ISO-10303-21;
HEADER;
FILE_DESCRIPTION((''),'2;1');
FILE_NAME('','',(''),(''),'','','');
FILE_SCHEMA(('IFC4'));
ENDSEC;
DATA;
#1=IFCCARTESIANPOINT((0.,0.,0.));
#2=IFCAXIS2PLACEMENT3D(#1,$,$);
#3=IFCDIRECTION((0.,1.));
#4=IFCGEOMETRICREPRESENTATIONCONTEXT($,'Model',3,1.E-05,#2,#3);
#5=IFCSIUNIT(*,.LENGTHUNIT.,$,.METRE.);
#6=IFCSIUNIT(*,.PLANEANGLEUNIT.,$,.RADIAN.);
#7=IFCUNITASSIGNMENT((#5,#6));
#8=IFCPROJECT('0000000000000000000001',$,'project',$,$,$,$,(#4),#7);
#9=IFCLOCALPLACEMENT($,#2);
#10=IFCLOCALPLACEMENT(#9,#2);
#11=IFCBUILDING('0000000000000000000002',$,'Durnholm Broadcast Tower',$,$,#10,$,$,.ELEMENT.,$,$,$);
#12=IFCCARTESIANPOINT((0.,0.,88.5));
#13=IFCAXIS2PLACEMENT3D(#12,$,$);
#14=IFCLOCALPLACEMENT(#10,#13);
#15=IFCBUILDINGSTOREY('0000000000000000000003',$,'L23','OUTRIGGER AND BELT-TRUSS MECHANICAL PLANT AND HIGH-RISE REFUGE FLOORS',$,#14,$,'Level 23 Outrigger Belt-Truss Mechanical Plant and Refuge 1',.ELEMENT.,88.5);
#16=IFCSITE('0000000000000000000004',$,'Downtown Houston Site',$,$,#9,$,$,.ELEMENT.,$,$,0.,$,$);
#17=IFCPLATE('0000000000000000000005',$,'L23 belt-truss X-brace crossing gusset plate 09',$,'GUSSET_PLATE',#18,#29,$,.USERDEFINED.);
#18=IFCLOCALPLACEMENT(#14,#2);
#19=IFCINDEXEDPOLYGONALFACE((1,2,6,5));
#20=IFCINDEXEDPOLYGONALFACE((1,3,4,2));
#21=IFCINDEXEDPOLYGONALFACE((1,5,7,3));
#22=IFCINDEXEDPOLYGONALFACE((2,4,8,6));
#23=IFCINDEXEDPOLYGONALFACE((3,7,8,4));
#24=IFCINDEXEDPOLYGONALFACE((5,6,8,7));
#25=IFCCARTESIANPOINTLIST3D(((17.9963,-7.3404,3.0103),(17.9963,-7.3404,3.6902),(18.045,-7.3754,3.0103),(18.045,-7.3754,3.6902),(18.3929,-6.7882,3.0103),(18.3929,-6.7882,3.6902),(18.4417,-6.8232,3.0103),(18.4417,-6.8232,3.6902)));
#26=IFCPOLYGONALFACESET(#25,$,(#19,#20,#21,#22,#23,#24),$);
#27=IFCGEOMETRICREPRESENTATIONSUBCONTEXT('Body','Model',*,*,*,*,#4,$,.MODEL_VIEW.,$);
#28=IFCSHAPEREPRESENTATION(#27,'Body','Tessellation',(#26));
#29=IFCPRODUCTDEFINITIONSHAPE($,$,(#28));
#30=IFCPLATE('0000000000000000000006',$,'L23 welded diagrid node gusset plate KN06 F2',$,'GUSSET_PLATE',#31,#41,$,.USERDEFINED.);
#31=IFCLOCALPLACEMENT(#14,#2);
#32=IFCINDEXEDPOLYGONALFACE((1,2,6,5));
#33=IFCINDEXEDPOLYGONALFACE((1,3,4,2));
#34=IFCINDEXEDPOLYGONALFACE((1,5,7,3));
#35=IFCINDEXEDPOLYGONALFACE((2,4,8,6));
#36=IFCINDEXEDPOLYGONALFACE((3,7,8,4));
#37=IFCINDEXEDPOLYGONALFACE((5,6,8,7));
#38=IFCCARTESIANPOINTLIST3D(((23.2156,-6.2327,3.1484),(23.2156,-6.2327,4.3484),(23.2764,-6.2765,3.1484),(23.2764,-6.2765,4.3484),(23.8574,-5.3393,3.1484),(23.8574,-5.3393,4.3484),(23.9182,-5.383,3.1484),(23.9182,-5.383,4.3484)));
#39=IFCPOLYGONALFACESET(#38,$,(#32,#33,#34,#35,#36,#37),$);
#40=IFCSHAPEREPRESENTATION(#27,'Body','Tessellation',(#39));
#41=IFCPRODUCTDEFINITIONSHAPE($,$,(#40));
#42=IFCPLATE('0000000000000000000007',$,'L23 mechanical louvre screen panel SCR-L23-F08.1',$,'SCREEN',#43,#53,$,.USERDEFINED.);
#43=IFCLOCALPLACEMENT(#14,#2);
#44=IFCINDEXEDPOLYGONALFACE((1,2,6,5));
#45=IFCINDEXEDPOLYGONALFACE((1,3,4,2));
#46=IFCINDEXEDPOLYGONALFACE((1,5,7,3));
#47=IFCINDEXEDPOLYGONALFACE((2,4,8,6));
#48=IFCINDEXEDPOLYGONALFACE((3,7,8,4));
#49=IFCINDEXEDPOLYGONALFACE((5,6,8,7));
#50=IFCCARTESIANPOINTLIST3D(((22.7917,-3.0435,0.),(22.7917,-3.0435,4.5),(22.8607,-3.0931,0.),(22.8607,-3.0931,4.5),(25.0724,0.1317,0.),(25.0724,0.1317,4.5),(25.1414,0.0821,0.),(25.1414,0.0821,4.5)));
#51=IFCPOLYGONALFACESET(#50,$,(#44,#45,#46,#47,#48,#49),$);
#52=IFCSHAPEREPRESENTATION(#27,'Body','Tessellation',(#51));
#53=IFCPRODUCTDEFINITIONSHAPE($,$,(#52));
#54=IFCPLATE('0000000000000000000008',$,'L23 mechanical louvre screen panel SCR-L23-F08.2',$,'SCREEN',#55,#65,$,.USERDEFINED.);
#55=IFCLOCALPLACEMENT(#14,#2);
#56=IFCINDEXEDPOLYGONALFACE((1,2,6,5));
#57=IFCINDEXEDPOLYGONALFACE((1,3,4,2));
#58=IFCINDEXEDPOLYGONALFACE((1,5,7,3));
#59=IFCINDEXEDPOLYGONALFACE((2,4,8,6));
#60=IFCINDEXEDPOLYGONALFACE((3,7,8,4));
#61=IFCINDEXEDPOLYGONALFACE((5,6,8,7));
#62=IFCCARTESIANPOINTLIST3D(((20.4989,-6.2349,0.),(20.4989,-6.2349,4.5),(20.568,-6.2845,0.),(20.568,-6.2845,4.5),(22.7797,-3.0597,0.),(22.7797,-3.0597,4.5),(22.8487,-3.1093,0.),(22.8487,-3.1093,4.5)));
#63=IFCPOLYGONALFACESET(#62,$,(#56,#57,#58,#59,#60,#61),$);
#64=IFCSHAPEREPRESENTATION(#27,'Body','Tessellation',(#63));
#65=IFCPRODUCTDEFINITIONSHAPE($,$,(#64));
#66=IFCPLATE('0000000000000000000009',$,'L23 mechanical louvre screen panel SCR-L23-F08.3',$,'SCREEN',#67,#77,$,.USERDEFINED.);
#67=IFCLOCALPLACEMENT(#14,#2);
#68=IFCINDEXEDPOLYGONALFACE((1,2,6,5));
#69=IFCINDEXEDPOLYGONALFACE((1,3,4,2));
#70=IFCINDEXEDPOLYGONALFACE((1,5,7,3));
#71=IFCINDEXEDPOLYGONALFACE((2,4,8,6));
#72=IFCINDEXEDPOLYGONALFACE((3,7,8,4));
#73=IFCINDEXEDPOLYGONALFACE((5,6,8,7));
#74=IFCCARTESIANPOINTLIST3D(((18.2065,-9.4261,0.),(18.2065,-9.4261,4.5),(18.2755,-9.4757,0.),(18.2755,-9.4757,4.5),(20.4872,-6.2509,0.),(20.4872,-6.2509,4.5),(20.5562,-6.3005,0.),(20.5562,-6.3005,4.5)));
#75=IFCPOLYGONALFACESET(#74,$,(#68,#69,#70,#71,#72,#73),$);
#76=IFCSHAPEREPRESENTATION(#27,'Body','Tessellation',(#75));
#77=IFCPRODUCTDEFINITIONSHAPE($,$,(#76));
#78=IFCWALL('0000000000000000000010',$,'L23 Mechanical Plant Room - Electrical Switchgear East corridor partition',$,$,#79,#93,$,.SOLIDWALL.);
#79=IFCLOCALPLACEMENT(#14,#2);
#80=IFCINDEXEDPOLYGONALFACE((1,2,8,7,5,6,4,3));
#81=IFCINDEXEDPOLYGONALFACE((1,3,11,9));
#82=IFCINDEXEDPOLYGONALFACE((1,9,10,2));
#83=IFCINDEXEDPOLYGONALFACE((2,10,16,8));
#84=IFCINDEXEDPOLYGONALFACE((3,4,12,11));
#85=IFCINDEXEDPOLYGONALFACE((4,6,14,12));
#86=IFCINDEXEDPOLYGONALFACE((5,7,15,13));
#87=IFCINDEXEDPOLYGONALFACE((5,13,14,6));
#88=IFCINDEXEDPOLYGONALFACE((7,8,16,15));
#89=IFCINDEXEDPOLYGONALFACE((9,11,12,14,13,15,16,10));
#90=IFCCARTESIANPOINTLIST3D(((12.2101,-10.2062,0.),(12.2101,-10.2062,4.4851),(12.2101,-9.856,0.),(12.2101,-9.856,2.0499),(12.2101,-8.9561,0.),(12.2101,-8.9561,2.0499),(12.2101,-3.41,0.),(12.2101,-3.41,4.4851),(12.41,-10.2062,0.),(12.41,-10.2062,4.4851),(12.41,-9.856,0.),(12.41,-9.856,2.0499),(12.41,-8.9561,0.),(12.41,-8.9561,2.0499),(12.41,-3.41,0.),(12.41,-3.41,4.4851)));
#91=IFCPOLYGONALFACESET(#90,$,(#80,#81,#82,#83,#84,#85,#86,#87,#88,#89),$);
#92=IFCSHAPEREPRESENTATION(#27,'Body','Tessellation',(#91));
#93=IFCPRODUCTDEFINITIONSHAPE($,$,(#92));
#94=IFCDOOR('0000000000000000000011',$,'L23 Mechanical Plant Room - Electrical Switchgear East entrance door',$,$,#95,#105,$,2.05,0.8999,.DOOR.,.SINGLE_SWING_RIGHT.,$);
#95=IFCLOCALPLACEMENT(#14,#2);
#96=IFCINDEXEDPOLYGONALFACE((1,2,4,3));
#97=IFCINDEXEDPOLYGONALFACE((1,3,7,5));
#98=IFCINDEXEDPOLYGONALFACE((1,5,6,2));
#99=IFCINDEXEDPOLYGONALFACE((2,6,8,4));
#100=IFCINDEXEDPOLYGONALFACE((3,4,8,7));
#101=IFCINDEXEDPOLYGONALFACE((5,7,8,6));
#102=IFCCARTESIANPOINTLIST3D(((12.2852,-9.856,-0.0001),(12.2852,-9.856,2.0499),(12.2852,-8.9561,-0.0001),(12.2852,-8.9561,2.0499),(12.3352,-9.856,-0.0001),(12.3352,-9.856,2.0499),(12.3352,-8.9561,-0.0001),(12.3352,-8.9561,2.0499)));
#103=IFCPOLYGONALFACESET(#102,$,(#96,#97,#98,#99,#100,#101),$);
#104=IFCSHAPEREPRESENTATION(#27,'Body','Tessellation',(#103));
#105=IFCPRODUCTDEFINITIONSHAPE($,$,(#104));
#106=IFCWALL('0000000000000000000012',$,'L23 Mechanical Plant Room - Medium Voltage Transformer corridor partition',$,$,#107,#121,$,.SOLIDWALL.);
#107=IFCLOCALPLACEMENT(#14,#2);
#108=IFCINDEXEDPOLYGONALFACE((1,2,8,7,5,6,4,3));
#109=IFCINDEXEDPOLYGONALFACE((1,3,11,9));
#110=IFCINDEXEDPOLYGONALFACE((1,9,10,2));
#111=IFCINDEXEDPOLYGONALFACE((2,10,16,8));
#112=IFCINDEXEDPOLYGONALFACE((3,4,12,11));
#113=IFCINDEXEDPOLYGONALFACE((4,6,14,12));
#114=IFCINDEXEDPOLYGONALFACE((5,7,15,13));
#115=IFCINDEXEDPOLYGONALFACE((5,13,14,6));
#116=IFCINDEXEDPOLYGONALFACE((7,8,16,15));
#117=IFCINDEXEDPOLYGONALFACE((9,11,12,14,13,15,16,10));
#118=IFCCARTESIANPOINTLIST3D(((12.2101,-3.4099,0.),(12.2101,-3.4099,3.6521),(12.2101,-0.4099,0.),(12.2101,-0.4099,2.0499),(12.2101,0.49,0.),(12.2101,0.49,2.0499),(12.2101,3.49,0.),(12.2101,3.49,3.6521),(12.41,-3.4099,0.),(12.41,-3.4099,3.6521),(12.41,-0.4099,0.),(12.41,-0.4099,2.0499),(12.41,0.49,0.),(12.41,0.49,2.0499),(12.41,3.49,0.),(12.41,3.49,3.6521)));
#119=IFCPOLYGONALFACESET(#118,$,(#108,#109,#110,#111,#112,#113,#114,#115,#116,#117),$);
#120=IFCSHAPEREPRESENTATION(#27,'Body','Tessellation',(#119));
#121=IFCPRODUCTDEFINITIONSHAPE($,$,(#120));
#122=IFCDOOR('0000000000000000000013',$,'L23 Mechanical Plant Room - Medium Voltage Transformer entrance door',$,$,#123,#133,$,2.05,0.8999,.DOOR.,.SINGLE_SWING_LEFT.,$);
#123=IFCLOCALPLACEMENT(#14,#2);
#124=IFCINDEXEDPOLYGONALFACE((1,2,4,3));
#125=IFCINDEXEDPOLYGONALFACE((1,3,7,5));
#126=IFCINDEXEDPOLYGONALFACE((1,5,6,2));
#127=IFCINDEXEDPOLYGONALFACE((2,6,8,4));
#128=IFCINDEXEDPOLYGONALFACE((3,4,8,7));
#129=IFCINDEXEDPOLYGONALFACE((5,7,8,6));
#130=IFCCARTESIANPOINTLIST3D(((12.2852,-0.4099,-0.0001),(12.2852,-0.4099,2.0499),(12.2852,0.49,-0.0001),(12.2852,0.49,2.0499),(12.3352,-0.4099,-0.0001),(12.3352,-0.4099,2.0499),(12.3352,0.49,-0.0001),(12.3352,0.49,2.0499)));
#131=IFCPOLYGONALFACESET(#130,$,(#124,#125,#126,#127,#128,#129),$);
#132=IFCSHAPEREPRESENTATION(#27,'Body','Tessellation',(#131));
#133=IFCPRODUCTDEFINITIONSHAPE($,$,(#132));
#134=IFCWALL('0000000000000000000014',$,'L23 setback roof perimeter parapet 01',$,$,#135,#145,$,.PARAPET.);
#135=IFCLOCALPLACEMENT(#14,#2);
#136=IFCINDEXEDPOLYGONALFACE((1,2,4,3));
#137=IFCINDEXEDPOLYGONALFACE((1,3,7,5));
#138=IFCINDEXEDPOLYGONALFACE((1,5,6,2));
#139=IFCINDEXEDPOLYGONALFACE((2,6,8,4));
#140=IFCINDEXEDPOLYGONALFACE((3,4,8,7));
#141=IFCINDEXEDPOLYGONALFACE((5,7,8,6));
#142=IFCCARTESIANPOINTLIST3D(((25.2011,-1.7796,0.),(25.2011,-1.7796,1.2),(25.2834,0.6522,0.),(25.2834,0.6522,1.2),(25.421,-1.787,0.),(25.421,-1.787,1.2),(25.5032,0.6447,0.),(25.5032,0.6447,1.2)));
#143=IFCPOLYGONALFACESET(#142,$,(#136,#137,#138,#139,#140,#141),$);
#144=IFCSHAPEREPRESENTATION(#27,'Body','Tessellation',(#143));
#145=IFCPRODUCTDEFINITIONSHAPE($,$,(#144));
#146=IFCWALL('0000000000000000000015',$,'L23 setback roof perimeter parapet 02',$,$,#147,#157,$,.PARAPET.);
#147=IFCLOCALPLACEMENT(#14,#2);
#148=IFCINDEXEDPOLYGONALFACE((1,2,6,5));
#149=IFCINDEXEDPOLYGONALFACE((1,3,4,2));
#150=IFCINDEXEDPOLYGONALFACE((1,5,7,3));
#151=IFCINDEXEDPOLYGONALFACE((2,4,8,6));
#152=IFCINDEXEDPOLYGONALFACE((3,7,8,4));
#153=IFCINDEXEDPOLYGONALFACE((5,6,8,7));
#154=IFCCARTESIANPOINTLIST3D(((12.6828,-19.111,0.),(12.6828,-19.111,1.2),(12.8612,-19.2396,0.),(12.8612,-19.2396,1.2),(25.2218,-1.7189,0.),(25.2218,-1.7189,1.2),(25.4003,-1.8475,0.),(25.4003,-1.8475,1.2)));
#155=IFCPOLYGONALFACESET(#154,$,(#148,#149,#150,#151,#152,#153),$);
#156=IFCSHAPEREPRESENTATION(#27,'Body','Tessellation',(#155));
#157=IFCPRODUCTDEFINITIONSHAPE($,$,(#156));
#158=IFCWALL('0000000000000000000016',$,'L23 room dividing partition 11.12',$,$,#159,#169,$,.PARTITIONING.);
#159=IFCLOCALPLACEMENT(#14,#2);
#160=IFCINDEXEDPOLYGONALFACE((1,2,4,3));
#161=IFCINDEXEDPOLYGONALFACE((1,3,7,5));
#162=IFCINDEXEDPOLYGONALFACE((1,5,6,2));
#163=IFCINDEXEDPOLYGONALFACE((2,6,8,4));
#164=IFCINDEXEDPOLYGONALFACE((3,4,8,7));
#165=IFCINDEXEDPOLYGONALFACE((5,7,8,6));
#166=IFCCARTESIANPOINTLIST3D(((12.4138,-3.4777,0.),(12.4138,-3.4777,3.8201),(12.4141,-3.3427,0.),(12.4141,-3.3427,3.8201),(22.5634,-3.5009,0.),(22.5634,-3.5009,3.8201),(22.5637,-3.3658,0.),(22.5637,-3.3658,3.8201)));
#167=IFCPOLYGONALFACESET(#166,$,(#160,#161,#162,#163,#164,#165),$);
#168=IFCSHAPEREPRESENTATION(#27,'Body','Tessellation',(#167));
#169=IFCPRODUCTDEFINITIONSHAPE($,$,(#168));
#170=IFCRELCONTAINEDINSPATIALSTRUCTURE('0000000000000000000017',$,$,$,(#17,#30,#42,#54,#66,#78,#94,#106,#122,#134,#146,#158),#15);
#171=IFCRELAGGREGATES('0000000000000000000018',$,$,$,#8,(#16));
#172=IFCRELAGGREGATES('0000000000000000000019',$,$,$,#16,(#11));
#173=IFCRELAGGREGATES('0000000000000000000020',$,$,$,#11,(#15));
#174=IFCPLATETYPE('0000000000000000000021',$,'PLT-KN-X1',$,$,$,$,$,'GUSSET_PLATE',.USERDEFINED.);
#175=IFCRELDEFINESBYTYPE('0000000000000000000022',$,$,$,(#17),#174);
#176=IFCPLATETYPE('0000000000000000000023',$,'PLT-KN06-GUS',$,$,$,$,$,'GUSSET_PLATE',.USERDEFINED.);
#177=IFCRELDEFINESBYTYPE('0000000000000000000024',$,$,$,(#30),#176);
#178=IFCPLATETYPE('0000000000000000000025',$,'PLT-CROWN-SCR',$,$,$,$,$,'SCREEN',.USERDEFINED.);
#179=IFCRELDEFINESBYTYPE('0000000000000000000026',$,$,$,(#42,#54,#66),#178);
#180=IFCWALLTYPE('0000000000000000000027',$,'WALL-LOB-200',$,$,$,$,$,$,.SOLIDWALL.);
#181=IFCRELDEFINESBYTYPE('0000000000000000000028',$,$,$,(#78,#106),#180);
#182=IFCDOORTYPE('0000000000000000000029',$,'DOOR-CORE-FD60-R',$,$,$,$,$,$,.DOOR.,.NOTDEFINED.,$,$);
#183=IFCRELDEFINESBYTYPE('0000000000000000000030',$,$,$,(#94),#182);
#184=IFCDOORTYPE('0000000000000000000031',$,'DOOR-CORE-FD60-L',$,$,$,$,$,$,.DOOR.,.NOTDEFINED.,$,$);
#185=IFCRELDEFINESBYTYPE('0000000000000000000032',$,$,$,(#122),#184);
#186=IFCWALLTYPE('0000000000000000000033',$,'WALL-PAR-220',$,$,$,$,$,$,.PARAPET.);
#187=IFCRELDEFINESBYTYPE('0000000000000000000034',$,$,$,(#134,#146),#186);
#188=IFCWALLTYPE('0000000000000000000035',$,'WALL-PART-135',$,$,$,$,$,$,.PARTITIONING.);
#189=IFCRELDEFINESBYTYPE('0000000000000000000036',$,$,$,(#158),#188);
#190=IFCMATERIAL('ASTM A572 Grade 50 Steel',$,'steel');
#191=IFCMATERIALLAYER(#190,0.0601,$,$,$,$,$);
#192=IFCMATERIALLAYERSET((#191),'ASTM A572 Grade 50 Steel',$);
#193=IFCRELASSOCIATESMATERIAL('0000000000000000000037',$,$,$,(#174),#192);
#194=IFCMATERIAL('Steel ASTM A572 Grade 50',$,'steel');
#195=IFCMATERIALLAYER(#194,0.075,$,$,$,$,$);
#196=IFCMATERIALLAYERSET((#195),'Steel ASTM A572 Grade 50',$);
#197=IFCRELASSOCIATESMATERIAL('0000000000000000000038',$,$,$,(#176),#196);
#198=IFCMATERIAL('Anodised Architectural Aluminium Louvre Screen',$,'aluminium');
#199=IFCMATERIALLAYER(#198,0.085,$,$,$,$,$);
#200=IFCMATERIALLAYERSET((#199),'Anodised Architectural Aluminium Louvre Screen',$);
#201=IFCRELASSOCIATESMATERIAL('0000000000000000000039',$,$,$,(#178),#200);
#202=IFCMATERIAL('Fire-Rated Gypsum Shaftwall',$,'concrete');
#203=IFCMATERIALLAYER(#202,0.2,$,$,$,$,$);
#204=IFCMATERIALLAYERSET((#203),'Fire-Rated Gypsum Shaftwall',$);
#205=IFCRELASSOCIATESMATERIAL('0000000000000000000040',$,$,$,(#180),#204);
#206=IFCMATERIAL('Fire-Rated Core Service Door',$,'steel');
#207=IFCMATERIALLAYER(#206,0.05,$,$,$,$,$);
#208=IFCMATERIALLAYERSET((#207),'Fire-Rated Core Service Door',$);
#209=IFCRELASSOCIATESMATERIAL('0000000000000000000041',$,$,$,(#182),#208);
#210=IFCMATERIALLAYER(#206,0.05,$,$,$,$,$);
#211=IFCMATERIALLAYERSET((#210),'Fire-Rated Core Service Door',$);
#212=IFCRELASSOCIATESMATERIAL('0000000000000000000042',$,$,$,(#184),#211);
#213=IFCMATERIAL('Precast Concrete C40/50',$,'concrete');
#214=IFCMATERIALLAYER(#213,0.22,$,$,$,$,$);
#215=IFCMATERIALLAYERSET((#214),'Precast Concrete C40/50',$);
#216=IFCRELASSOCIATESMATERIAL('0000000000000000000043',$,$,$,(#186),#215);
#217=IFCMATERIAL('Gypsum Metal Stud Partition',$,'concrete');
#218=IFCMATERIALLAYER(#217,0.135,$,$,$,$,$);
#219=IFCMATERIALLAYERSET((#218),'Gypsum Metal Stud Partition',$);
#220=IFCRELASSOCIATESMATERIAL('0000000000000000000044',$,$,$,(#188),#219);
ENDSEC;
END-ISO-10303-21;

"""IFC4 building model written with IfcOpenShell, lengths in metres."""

from ifc_helpers import new_model, si_unit, direction, frame, frame_2d, origin, origin_2d, place, context, subcontext, project, spatial, rectangle, extrude, source, transform, mapped, material, layer, layer_set, type_object, type_shapes, element, fill, save


model = new_model("IFC4")

# Units and contexts
model_context = context("Model", 3, precision=1e-05, world=origin(), true_north=direction((0.0, 1.0)))
body_context = subcontext(model_context, "Body", "Model", "MODEL_VIEW")
ifc_project = project(units=[si_unit("LENGTHUNIT", "METRE"), si_unit("PLANEANGLEUNIT", "RADIAN")], contexts=[model_context])

# Site, building, storey
site_placement = place(None, origin())
site = spatial("IfcSite", under=ifc_project, at=site_placement, Name="Downtown Houston Site", CompositionType="ELEMENT", RefElevation=0.0)
building_placement = place(site_placement, origin())
building = spatial("IfcBuilding", under=site, at=building_placement, Name="Durnholm Broadcast Tower", CompositionType="ELEMENT")
storey_placement = place(building_placement, frame((0.0, 0.0, 88.5)))
storey = spatial("IfcBuildingStorey", under=building, at=storey_placement, Name="L23", Description="OUTRIGGER AND BELT-TRUSS MECHANICAL PLANT AND HIGH-RISE REFUGE FLOORS", LongName="Level 23 Outrigger Belt-Truss Mechanical Plant and Refuge 1", CompositionType="ELEMENT", Elevation=88.5)

# Plates
ifc_material_1 = material(Name="Steel ASTM A572 Grade 50", Category="steel")
ifc_material_2 = material(Name="ASTM A572 Grade 50 Steel", Category="steel")
ifc_layer_1 = layer(ifc_material_2, 0.0601)
ifc_layer_set_1 = layer_set([ifc_layer_1], Name="ASTM A572 Grade 50 Steel")
plate_type_1 = type_object("IfcPlateType", Name="PLT-KN-X1", ElementType="GUSSET_PLATE", PredefinedType="USERDEFINED", material=ifc_layer_set_1)
shared_shape_1 = source(origin(), body_context, "Body", "SweptSolid", [
    extrude(rectangle(XDim=0.6799, YDim=0.0601, at=origin_2d()), origin(), (0.0, 0.0, 1.0), 0.6799),
])
type_shapes(plate_type_1, [shared_shape_1])
plate_1_placement = place(storey_placement, frame((18.219, -7.0818, 3.0103), z_axis=(0.0, 0.0, 1.0), x_axis=(-0.583399, -0.812185, 0.0)))
element("IfcPlate", 1, at=plate_1_placement, inside=storey, type_object=plate_type_1, Name="L23 belt-truss X-brace crossing gusset plate 09", ObjectType="GUSSET_PLATE", PredefinedType="USERDEFINED", context=body_context, shape_type="MappedRepresentation", body=[
    mapped(shared_shape_1, transform((0.0, 0.0, 0.0), x_axis=(1.0, 0.0, 0.0), y_axis=(0.0, 1.0, 0.0), z_axis=(0.0, 0.0, 1.0), scale=1.0)),
])
ifc_layer_2 = layer(ifc_material_1, 0.075)
ifc_layer_set_2 = layer_set([ifc_layer_2], Name="Steel ASTM A572 Grade 50")
plate_type_2 = type_object("IfcPlateType", Name="PLT-KN06-GUS", ElementType="GUSSET_PLATE", PredefinedType="USERDEFINED", material=ifc_layer_set_2)
shared_shape_2 = source(origin(), body_context, "Body", "SweptSolid", [
    extrude(rectangle(XDim=1.1001, YDim=0.075, at=origin_2d()), origin(), (0.0, 0.0, 1.0), 1.2),
])
type_shapes(plate_type_2, [shared_shape_2])
plate_2_placement = place(storey_placement, frame((23.5669, -5.8079, 3.1484), z_axis=(0.0, 0.0, 1.0), x_axis=(0.583399, 0.812185, 0.0)))
element("IfcPlate", 2, at=plate_2_placement, inside=storey, type_object=plate_type_2, Name="L23 welded diagrid node gusset plate KN06 F2", ObjectType="GUSSET_PLATE", PredefinedType="USERDEFINED", context=body_context, shape_type="MappedRepresentation", body=[
    mapped(shared_shape_2, transform((0.0, 0.0, 0.0), x_axis=(1.0, 0.0, 0.0), y_axis=(0.0, 1.0, 0.0), z_axis=(0.0, 0.0, 1.0), scale=1.0)),
])
ifc_material_3 = material(Name="Anodised Architectural Aluminium Louvre Screen", Category="aluminium")
ifc_layer_3 = layer(ifc_material_3, 0.085)
ifc_layer_set_3 = layer_set([ifc_layer_3], Name="Anodised Architectural Aluminium Louvre Screen")
plate_type_3 = type_object("IfcPlateType", Name="PLT-CROWN-SCR", ElementType="SCREEN", PredefinedType="USERDEFINED", material=ifc_layer_set_3)
shared_shape_3 = source(origin(), body_context, "Body", "SweptSolid", [
    extrude(rectangle(XDim=3.9094, YDim=0.085, at=origin_2d()), origin(), (0.0, 0.0, 1.0), 4.5),
])
type_shapes(plate_type_3, [shared_shape_3])
for number, where, z_axis, x_axis, name in (
    (3, (23.9666, -1.4807, 0.0), (0.0, 0.0, 1.0), (-0.583399, -0.812185, 0.0), "L23 mechanical louvre screen panel SCR-L23-F08.1"),
    (4, (21.6738, -4.6721, 0.0), (0.0, 0.0, 1.0), (-0.583399, -0.812185, 0.0), "L23 mechanical louvre screen panel SCR-L23-F08.2"),
    (5, (19.3813, -7.8633, 0.0), (0.0, 0.0, 1.0), (-0.583399, -0.812185, 0.0), "L23 mechanical louvre screen panel SCR-L23-F08.3"),
):
    element("IfcPlate", number, at=place(storey_placement, frame(where, z_axis=z_axis, x_axis=x_axis)), inside=storey, type_object=plate_type_3, Name=name, ObjectType="SCREEN", PredefinedType="USERDEFINED", context=body_context, shape_type="MappedRepresentation", body=[
        mapped(shared_shape_3, transform((0.0, 0.0, 0.0), x_axis=(1.0, 0.0, 0.0), y_axis=(0.0, 1.0, 0.0), z_axis=(0.0, 0.0, 1.0), scale=1.0)),
    ])

# Walls, openings, doors
ifc_material_4 = material(Name="Fire-Rated Gypsum Shaftwall", Category="concrete")
ifc_layer_4 = layer(ifc_material_4, 0.2)
ifc_layer_set_4 = layer_set([ifc_layer_4], Name="Fire-Rated Gypsum Shaftwall")
wall_type_1 = type_object("IfcWallType", Name="WALL-LOB-200", PredefinedType="SOLIDWALL", material=ifc_layer_set_4)
wall_1_placement = place(storey_placement, frame((12.3101, -10.2061, 0.0), z_axis=(0.0, 0.0, 1.0), x_axis=(0.0, 1.0, 0.0)))
wall_1 = element("IfcWall", 6, at=wall_1_placement, inside=storey, type_object=wall_type_1, Name="L23 Mechanical Plant Room - Electrical Switchgear East corridor partition", PredefinedType="SOLIDWALL", context=body_context, shape_type="SweptSolid", body=[
    extrude(rectangle(XDim=6.7961, YDim=0.2, at=frame_2d((3.3979, 0.0))), origin(), (0.0, 0.0, 1.0), 4.4851),
])
opening_1_placement = place(wall_1_placement, frame((0.3501, 0.0, 0.0)))
opening_1 = element("IfcOpeningElement", 7, at=opening_1_placement, cuts=wall_1, PredefinedType="OPENING", context=body_context, shape_type="SweptSolid", body=[
    extrude(rectangle(XDim=0.8999, YDim=2.05, at=frame_2d((0.45, 1.0249))), frame((0.0, 0.1099, 0.0), z_axis=(0.0, -1.0, 0.0), x_axis=(1.0, 0.0, 0.0)), (0.0, 0.0, 1.0), 0.22),
])
ifc_material_5 = material(Name="Fire-Rated Core Service Door", Category="steel")
ifc_layer_5 = layer(ifc_material_5, 0.05)
ifc_layer_set_5 = layer_set([ifc_layer_5], Name="Fire-Rated Core Service Door")
door_type_1 = type_object("IfcDoorType", Name="DOOR-CORE-FD60-R", OperationType="NOTDEFINED", PredefinedType="DOOR", material=ifc_layer_set_5)
shared_shape_4 = source(origin(), body_context, "Body", "SweptSolid", [
    extrude(rectangle(XDim=0.8999, YDim=2.05, at=frame_2d((0.45, 1.0249))), frame((0.0, 0.0249, 0.0), z_axis=(0.0, -1.0, 0.0), x_axis=(1.0, 0.0, 0.0)), (0.0, 0.0, 1.0), 0.05),
])
type_shapes(door_type_1, [shared_shape_4])
door_1_placement = place(opening_1_placement, origin())
door_1 = element("IfcDoor", 8, at=door_1_placement, inside=storey, type_object=door_type_1, Name="L23 Mechanical Plant Room - Electrical Switchgear East entrance door", OperationType="SINGLE_SWING_RIGHT", OverallHeight=2.05, OverallWidth=0.8999, PredefinedType="DOOR", context=body_context, shape_type="MappedRepresentation", body=[
    mapped(shared_shape_4, transform((0.0, 0.0, 0.0), x_axis=(1.0, 0.0, 0.0), y_axis=(0.0, 1.0, 0.0), z_axis=(0.0, 0.0, 1.0), scale=1.0)),
])
fill(opening_1, door_1)
wall_2_placement = place(storey_placement, frame((12.3101, -3.4099, 0.0), z_axis=(0.0, 0.0, 1.0), x_axis=(0.0, 1.0, 0.0)))
wall_2 = element("IfcWall", 9, at=wall_2_placement, inside=storey, type_object=wall_type_1, Name="L23 Mechanical Plant Room - Medium Voltage Transformer corridor partition", PredefinedType="SOLIDWALL", context=body_context, shape_type="SweptSolid", body=[
    extrude(rectangle(XDim=6.8999, YDim=0.2, at=frame_2d((3.45, 0.0))), origin(), (0.0, 0.0, 1.0), 3.6521),
])
opening_2_placement = place(wall_2_placement, frame((3.0, 0.0, 0.0)))
opening_2 = element("IfcOpeningElement", 10, at=opening_2_placement, cuts=wall_2, PredefinedType="OPENING", context=body_context, shape_type="SweptSolid", body=[
    extrude(rectangle(XDim=0.8999, YDim=2.05, at=frame_2d((0.45, 1.0249))), frame((0.0, 0.1099, 0.0), z_axis=(0.0, -1.0, 0.0), x_axis=(1.0, 0.0, 0.0)), (0.0, 0.0, 1.0), 0.22),
])
ifc_layer_6 = layer(ifc_material_5, 0.05)
ifc_layer_set_6 = layer_set([ifc_layer_6], Name="Fire-Rated Core Service Door")
door_type_2 = type_object("IfcDoorType", Name="DOOR-CORE-FD60-L", OperationType="NOTDEFINED", PredefinedType="DOOR", material=ifc_layer_set_6)
shared_shape_5 = source(origin(), body_context, "Body", "SweptSolid", [
    extrude(rectangle(XDim=0.8999, YDim=2.05, at=frame_2d((0.45, 1.0249))), frame((0.0, 0.0249, 0.0), z_axis=(0.0, -1.0, 0.0), x_axis=(1.0, 0.0, 0.0)), (0.0, 0.0, 1.0), 0.05),
])
type_shapes(door_type_2, [shared_shape_5])
door_2_placement = place(opening_2_placement, origin())
door_2 = element("IfcDoor", 11, at=door_2_placement, inside=storey, type_object=door_type_2, Name="L23 Mechanical Plant Room - Medium Voltage Transformer entrance door", OperationType="SINGLE_SWING_LEFT", OverallHeight=2.05, OverallWidth=0.8999, PredefinedType="DOOR", context=body_context, shape_type="MappedRepresentation", body=[
    mapped(shared_shape_5, transform((0.0, 0.0, 0.0), x_axis=(1.0, 0.0, 0.0), y_axis=(0.0, 1.0, 0.0), z_axis=(0.0, 0.0, 1.0), scale=1.0)),
])
fill(opening_2, door_2)

# Walls
ifc_material_6 = material(Name="Precast Concrete C40/50", Category="concrete")
ifc_layer_7 = layer(ifc_material_6, 0.22)
ifc_layer_set_7 = layer_set([ifc_layer_7], Name="Precast Concrete C40/50")
wall_type_2 = type_object("IfcWallType", Name="WALL-PAR-220", PredefinedType="PARAPET", material=ifc_layer_set_7)
wall_3_placement = place(storey_placement, frame((25.3933, 0.6484, 0.0), z_axis=(0.0, 0.0, 1.0), x_axis=(-0.033816, -0.999428, 0.0)))
element("IfcWall", 12, at=wall_3_placement, inside=storey, type_object=wall_type_2, Name="L23 setback roof perimeter parapet 01", PredefinedType="PARAPET", context=body_context, shape_type="SweptSolid", body=[
    extrude(rectangle(XDim=2.4331, YDim=0.22, at=frame_2d((1.2166, 0.0))), origin(), (0.0, 0.0, 1.0), 1.2),
])
wall_4_placement = place(storey_placement, frame((25.311, -1.7832, 0.0), z_axis=(0.0, 0.0, 1.0), x_axis=(-0.584819, -0.811164, 0.0)))
element("IfcWall", 13, at=wall_4_placement, inside=storey, type_object=wall_type_2, Name="L23 setback roof perimeter parapet 02", PredefinedType="PARAPET", context=body_context, shape_type="SweptSolid", body=[
    extrude(rectangle(XDim=21.4409, YDim=0.22, at=frame_2d((10.7205, 0.0))), origin(), (0.0, 0.0, 1.0), 1.2),
])
ifc_material_7 = material(Name="Gypsum Metal Stud Partition", Category="concrete")
ifc_layer_8 = layer(ifc_material_7, 0.135)
ifc_layer_set_8 = layer_set([ifc_layer_8], Name="Gypsum Metal Stud Partition")
wall_type_3 = type_object("IfcWallType", Name="WALL-PART-135", PredefinedType="PARTITIONING", material=ifc_layer_set_8)
wall_5_placement = place(storey_placement, frame((12.4141, -3.4102, 0.0), z_axis=(0.0, 0.0, 1.0), x_axis=(0.999997, -0.002285, 0.0)))
element("IfcWall", 14, at=wall_5_placement, inside=storey, type_object=wall_type_3, Name="L23 room dividing partition 11.12", PredefinedType="PARTITIONING", context=body_context, shape_type="SweptSolid", body=[
    extrude(rectangle(XDim=10.1497, YDim=0.135, at=frame_2d((5.0747, 0.0))), origin(), (0.0, 0.0, 1.0), 3.8201),
])

save(model, "model.ifc")
